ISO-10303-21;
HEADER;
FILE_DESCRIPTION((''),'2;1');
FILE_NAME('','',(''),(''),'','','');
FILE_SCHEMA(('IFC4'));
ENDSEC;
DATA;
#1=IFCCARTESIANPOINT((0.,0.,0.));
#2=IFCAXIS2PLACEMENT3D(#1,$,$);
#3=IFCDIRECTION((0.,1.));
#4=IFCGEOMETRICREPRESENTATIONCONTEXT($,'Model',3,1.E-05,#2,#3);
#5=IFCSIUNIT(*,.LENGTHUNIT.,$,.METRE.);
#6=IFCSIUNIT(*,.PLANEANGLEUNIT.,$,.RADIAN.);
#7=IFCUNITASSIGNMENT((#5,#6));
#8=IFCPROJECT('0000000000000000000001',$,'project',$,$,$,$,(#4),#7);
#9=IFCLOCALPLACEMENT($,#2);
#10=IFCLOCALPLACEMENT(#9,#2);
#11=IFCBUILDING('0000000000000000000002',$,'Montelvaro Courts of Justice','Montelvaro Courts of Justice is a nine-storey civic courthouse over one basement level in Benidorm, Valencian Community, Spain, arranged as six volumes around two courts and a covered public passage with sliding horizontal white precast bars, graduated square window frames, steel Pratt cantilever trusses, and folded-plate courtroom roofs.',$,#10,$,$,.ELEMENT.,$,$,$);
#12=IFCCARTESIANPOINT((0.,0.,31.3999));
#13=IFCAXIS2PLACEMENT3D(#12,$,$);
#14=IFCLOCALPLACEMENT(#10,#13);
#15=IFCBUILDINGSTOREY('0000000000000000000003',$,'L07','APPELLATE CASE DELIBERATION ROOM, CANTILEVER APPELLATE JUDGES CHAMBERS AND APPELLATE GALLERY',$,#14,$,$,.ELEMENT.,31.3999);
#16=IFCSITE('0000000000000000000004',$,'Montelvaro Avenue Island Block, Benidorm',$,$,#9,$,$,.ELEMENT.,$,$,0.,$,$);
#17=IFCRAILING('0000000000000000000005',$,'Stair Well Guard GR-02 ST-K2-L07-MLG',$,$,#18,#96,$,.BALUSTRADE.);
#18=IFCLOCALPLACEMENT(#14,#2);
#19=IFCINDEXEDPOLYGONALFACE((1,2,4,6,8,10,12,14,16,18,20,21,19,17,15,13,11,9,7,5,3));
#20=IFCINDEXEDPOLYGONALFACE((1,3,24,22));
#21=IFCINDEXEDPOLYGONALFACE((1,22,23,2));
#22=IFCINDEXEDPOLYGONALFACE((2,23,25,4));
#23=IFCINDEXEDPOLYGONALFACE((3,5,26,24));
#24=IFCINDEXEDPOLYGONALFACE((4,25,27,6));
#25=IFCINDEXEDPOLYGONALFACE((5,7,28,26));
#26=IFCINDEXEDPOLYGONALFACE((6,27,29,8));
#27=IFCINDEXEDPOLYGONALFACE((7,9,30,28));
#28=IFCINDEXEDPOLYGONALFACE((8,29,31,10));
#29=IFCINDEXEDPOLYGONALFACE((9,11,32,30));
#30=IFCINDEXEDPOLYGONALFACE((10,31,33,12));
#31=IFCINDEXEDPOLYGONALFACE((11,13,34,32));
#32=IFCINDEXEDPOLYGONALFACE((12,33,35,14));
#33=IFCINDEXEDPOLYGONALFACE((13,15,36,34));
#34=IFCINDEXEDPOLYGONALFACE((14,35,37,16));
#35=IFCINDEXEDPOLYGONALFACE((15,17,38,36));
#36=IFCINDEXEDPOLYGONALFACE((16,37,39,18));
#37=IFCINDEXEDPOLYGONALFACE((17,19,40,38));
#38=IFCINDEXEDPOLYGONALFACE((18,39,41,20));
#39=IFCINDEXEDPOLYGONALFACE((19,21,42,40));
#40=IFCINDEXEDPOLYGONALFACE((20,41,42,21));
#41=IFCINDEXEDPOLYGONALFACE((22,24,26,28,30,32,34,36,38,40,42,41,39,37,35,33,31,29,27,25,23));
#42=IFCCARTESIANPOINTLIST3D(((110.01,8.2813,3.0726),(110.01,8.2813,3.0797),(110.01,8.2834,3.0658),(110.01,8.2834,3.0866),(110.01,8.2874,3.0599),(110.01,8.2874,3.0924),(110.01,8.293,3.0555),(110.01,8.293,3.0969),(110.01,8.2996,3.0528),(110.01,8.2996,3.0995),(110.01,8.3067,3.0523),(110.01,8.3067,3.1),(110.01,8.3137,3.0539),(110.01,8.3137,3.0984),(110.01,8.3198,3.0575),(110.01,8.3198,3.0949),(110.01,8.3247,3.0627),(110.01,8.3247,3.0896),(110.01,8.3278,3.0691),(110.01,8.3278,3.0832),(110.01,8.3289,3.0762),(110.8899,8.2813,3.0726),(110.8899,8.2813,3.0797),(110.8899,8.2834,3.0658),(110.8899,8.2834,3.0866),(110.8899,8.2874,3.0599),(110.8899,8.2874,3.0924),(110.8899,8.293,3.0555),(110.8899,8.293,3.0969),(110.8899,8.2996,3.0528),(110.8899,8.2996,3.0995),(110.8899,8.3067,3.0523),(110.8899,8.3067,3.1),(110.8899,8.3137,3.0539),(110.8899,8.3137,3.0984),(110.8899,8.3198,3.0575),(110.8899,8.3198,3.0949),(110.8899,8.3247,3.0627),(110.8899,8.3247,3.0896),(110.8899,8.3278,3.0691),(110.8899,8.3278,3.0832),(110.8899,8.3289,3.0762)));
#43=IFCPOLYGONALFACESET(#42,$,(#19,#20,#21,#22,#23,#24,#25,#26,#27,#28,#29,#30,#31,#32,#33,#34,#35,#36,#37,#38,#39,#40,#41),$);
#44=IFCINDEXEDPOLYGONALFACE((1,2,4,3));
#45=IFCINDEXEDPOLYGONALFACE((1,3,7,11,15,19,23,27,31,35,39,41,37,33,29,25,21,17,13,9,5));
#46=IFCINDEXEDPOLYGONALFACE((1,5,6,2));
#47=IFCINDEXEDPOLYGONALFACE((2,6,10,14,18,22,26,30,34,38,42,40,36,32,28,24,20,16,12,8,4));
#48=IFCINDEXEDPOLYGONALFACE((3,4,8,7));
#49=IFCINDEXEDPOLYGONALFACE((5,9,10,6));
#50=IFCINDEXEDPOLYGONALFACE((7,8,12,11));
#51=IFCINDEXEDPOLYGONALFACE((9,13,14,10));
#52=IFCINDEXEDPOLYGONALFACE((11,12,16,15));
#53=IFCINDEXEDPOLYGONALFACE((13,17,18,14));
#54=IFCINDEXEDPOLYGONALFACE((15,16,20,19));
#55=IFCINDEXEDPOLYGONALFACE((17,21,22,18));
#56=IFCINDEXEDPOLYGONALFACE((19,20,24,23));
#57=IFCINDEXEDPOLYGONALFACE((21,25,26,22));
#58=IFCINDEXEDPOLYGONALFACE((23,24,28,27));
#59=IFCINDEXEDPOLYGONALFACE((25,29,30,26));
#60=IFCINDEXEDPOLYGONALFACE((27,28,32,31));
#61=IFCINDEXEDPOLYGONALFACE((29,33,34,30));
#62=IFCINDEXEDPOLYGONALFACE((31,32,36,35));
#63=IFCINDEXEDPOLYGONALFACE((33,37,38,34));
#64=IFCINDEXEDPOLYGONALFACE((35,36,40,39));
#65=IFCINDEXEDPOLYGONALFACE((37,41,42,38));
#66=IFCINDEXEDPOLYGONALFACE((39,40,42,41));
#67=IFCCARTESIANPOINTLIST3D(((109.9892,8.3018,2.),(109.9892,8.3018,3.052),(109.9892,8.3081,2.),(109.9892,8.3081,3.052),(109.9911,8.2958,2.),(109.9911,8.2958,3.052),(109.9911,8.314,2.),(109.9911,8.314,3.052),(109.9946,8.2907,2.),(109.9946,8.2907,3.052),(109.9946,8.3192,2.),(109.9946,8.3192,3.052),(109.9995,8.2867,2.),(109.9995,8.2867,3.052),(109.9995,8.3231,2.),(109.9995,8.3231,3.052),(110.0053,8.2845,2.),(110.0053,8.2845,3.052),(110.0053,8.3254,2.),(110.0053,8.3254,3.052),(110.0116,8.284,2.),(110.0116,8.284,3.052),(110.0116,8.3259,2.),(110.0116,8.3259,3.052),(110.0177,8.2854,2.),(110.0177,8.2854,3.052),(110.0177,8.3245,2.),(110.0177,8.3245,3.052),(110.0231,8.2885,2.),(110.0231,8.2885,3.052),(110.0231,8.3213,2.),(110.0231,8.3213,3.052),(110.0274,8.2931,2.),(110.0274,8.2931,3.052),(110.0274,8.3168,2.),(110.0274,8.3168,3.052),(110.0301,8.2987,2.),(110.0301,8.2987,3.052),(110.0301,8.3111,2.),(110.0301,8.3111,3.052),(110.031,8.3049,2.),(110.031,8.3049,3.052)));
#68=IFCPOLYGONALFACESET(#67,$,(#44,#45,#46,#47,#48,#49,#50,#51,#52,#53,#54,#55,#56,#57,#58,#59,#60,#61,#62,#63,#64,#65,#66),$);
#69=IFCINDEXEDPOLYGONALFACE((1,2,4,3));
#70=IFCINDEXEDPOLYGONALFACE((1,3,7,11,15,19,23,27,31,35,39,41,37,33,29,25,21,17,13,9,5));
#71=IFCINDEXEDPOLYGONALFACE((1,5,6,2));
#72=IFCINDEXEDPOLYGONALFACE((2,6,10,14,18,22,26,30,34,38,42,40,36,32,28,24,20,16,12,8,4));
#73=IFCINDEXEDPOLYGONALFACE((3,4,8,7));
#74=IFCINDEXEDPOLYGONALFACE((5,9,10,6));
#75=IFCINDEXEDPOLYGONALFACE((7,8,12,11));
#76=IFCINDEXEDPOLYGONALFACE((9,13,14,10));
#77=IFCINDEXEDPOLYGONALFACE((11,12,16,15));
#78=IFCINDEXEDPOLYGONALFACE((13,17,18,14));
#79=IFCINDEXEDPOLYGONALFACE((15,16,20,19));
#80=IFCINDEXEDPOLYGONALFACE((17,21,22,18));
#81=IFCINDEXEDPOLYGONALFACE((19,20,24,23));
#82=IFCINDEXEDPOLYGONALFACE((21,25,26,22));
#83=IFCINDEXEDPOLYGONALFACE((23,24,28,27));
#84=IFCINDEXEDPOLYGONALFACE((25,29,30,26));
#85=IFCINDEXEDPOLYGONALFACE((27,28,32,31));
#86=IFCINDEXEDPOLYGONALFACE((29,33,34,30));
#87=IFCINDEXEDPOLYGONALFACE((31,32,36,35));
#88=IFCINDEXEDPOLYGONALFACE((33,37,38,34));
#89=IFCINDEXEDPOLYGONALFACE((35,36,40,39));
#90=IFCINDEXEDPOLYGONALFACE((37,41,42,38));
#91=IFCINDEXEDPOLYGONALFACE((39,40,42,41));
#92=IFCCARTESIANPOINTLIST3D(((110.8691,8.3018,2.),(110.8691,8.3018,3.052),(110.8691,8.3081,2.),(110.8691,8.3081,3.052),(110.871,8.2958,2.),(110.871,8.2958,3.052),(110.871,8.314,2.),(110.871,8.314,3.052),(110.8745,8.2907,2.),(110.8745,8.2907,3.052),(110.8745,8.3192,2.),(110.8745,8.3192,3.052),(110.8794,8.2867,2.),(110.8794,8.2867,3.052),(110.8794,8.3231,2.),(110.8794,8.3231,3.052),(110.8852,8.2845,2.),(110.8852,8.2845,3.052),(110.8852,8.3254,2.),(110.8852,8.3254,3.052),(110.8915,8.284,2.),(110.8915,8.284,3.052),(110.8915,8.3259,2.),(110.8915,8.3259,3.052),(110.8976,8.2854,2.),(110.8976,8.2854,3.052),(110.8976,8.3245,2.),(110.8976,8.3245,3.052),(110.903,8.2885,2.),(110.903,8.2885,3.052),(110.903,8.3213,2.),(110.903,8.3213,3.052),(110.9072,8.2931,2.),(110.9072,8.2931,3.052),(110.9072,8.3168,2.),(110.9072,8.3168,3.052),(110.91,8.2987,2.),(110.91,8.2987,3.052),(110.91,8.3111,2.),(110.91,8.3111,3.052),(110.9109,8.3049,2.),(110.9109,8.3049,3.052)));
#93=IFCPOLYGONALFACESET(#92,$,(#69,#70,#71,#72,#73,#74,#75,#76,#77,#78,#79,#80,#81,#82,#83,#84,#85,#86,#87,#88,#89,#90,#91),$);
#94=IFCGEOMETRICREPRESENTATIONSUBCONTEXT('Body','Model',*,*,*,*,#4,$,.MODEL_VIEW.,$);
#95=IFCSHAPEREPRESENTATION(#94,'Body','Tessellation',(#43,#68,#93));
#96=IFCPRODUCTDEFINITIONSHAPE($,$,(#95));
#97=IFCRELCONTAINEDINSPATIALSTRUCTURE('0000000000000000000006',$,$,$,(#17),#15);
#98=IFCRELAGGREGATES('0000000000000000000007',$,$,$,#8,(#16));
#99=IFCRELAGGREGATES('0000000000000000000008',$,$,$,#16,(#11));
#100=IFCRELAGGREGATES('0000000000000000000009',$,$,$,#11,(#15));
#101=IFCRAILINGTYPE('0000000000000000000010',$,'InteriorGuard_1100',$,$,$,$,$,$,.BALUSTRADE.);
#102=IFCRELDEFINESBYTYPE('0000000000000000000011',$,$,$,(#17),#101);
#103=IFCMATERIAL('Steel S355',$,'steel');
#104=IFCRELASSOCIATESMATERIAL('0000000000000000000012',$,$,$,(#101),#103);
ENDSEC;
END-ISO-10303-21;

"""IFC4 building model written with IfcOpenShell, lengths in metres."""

from ifc_helpers import new_model, si_unit, direction, frame, origin, origin_2d, place, context, subcontext, project, spatial, circle, extrude, material, type_object, element, save


model = new_model("IFC4")

# Units and contexts
model_context = context("Model", 3, precision=1e-05, world=origin(), true_north=direction((0.0, 1.0)))
body_context = subcontext(model_context, "Body", "Model", "MODEL_VIEW")
ifc_project = project(units=[si_unit("LENGTHUNIT", "METRE"), si_unit("PLANEANGLEUNIT", "RADIAN")], contexts=[model_context])

# Site, building, storey
site_placement = place(None, origin())
site = spatial("IfcSite", under=ifc_project, at=site_placement, Name="Montelvaro Avenue Island Block, Benidorm", CompositionType="ELEMENT", RefElevation=0.0)
building_placement = place(site_placement, origin())
building = spatial("IfcBuilding", under=site, at=building_placement, Name="Montelvaro Courts of Justice", Description="Montelvaro Courts of Justice is a nine-storey civic courthouse over one basement level in Benidorm, Valencian Community, Spain, arranged as six volumes around two courts and a covered public passage with sliding horizontal white precast bars, graduated square window frames, steel Pratt cantilever trusses, and folded-plate courtroom roofs.", CompositionType="ELEMENT")
storey_placement = place(building_placement, frame((0.0, 0.0, 31.3999)))
storey = spatial("IfcBuildingStorey", under=building, at=storey_placement, Name="L07", Description="APPELLATE CASE DELIBERATION ROOM, CANTILEVER APPELLATE JUDGES CHAMBERS AND APPELLATE GALLERY", CompositionType="ELEMENT", Elevation=31.3999)

# Shared definitions
ifc_material_1 = material(Name="Steel S355", Category="steel")

# Railing
railing_type_1 = type_object("IfcRailingType", Name="InteriorGuard_1100", PredefinedType="BALUSTRADE", material=ifc_material_1)
railing_1_placement = place(storey_placement, frame((110.01, 8.3049, 2.0)))
element("IfcRailing", 1, at=railing_1_placement, inside=storey, type_object=railing_type_1, Name="Stair Well Guard GR-02 ST-K2-L07-MLG", PredefinedType="BALUSTRADE", context=body_context, shape_type="SweptSolid", body=[
    extrude(circle(Radius=0.0239, at=origin_2d()), frame((0.0, 0.0, 1.0762), z_axis=(1.0, 0.0, 0.0), x_axis=(0.0, 1.0, 0.0)), (0.0, 0.0, 1.0), 0.8799),
    extrude(circle(Radius=0.021, at=origin_2d()), origin(), (0.0, 0.0, 1.0), 1.052),
    extrude(circle(Radius=0.021, at=origin_2d()), frame((0.8799, 0.0, 0.0)), (0.0, 0.0, 1.0), 1.052),
])

save(model, "model.ifc")
